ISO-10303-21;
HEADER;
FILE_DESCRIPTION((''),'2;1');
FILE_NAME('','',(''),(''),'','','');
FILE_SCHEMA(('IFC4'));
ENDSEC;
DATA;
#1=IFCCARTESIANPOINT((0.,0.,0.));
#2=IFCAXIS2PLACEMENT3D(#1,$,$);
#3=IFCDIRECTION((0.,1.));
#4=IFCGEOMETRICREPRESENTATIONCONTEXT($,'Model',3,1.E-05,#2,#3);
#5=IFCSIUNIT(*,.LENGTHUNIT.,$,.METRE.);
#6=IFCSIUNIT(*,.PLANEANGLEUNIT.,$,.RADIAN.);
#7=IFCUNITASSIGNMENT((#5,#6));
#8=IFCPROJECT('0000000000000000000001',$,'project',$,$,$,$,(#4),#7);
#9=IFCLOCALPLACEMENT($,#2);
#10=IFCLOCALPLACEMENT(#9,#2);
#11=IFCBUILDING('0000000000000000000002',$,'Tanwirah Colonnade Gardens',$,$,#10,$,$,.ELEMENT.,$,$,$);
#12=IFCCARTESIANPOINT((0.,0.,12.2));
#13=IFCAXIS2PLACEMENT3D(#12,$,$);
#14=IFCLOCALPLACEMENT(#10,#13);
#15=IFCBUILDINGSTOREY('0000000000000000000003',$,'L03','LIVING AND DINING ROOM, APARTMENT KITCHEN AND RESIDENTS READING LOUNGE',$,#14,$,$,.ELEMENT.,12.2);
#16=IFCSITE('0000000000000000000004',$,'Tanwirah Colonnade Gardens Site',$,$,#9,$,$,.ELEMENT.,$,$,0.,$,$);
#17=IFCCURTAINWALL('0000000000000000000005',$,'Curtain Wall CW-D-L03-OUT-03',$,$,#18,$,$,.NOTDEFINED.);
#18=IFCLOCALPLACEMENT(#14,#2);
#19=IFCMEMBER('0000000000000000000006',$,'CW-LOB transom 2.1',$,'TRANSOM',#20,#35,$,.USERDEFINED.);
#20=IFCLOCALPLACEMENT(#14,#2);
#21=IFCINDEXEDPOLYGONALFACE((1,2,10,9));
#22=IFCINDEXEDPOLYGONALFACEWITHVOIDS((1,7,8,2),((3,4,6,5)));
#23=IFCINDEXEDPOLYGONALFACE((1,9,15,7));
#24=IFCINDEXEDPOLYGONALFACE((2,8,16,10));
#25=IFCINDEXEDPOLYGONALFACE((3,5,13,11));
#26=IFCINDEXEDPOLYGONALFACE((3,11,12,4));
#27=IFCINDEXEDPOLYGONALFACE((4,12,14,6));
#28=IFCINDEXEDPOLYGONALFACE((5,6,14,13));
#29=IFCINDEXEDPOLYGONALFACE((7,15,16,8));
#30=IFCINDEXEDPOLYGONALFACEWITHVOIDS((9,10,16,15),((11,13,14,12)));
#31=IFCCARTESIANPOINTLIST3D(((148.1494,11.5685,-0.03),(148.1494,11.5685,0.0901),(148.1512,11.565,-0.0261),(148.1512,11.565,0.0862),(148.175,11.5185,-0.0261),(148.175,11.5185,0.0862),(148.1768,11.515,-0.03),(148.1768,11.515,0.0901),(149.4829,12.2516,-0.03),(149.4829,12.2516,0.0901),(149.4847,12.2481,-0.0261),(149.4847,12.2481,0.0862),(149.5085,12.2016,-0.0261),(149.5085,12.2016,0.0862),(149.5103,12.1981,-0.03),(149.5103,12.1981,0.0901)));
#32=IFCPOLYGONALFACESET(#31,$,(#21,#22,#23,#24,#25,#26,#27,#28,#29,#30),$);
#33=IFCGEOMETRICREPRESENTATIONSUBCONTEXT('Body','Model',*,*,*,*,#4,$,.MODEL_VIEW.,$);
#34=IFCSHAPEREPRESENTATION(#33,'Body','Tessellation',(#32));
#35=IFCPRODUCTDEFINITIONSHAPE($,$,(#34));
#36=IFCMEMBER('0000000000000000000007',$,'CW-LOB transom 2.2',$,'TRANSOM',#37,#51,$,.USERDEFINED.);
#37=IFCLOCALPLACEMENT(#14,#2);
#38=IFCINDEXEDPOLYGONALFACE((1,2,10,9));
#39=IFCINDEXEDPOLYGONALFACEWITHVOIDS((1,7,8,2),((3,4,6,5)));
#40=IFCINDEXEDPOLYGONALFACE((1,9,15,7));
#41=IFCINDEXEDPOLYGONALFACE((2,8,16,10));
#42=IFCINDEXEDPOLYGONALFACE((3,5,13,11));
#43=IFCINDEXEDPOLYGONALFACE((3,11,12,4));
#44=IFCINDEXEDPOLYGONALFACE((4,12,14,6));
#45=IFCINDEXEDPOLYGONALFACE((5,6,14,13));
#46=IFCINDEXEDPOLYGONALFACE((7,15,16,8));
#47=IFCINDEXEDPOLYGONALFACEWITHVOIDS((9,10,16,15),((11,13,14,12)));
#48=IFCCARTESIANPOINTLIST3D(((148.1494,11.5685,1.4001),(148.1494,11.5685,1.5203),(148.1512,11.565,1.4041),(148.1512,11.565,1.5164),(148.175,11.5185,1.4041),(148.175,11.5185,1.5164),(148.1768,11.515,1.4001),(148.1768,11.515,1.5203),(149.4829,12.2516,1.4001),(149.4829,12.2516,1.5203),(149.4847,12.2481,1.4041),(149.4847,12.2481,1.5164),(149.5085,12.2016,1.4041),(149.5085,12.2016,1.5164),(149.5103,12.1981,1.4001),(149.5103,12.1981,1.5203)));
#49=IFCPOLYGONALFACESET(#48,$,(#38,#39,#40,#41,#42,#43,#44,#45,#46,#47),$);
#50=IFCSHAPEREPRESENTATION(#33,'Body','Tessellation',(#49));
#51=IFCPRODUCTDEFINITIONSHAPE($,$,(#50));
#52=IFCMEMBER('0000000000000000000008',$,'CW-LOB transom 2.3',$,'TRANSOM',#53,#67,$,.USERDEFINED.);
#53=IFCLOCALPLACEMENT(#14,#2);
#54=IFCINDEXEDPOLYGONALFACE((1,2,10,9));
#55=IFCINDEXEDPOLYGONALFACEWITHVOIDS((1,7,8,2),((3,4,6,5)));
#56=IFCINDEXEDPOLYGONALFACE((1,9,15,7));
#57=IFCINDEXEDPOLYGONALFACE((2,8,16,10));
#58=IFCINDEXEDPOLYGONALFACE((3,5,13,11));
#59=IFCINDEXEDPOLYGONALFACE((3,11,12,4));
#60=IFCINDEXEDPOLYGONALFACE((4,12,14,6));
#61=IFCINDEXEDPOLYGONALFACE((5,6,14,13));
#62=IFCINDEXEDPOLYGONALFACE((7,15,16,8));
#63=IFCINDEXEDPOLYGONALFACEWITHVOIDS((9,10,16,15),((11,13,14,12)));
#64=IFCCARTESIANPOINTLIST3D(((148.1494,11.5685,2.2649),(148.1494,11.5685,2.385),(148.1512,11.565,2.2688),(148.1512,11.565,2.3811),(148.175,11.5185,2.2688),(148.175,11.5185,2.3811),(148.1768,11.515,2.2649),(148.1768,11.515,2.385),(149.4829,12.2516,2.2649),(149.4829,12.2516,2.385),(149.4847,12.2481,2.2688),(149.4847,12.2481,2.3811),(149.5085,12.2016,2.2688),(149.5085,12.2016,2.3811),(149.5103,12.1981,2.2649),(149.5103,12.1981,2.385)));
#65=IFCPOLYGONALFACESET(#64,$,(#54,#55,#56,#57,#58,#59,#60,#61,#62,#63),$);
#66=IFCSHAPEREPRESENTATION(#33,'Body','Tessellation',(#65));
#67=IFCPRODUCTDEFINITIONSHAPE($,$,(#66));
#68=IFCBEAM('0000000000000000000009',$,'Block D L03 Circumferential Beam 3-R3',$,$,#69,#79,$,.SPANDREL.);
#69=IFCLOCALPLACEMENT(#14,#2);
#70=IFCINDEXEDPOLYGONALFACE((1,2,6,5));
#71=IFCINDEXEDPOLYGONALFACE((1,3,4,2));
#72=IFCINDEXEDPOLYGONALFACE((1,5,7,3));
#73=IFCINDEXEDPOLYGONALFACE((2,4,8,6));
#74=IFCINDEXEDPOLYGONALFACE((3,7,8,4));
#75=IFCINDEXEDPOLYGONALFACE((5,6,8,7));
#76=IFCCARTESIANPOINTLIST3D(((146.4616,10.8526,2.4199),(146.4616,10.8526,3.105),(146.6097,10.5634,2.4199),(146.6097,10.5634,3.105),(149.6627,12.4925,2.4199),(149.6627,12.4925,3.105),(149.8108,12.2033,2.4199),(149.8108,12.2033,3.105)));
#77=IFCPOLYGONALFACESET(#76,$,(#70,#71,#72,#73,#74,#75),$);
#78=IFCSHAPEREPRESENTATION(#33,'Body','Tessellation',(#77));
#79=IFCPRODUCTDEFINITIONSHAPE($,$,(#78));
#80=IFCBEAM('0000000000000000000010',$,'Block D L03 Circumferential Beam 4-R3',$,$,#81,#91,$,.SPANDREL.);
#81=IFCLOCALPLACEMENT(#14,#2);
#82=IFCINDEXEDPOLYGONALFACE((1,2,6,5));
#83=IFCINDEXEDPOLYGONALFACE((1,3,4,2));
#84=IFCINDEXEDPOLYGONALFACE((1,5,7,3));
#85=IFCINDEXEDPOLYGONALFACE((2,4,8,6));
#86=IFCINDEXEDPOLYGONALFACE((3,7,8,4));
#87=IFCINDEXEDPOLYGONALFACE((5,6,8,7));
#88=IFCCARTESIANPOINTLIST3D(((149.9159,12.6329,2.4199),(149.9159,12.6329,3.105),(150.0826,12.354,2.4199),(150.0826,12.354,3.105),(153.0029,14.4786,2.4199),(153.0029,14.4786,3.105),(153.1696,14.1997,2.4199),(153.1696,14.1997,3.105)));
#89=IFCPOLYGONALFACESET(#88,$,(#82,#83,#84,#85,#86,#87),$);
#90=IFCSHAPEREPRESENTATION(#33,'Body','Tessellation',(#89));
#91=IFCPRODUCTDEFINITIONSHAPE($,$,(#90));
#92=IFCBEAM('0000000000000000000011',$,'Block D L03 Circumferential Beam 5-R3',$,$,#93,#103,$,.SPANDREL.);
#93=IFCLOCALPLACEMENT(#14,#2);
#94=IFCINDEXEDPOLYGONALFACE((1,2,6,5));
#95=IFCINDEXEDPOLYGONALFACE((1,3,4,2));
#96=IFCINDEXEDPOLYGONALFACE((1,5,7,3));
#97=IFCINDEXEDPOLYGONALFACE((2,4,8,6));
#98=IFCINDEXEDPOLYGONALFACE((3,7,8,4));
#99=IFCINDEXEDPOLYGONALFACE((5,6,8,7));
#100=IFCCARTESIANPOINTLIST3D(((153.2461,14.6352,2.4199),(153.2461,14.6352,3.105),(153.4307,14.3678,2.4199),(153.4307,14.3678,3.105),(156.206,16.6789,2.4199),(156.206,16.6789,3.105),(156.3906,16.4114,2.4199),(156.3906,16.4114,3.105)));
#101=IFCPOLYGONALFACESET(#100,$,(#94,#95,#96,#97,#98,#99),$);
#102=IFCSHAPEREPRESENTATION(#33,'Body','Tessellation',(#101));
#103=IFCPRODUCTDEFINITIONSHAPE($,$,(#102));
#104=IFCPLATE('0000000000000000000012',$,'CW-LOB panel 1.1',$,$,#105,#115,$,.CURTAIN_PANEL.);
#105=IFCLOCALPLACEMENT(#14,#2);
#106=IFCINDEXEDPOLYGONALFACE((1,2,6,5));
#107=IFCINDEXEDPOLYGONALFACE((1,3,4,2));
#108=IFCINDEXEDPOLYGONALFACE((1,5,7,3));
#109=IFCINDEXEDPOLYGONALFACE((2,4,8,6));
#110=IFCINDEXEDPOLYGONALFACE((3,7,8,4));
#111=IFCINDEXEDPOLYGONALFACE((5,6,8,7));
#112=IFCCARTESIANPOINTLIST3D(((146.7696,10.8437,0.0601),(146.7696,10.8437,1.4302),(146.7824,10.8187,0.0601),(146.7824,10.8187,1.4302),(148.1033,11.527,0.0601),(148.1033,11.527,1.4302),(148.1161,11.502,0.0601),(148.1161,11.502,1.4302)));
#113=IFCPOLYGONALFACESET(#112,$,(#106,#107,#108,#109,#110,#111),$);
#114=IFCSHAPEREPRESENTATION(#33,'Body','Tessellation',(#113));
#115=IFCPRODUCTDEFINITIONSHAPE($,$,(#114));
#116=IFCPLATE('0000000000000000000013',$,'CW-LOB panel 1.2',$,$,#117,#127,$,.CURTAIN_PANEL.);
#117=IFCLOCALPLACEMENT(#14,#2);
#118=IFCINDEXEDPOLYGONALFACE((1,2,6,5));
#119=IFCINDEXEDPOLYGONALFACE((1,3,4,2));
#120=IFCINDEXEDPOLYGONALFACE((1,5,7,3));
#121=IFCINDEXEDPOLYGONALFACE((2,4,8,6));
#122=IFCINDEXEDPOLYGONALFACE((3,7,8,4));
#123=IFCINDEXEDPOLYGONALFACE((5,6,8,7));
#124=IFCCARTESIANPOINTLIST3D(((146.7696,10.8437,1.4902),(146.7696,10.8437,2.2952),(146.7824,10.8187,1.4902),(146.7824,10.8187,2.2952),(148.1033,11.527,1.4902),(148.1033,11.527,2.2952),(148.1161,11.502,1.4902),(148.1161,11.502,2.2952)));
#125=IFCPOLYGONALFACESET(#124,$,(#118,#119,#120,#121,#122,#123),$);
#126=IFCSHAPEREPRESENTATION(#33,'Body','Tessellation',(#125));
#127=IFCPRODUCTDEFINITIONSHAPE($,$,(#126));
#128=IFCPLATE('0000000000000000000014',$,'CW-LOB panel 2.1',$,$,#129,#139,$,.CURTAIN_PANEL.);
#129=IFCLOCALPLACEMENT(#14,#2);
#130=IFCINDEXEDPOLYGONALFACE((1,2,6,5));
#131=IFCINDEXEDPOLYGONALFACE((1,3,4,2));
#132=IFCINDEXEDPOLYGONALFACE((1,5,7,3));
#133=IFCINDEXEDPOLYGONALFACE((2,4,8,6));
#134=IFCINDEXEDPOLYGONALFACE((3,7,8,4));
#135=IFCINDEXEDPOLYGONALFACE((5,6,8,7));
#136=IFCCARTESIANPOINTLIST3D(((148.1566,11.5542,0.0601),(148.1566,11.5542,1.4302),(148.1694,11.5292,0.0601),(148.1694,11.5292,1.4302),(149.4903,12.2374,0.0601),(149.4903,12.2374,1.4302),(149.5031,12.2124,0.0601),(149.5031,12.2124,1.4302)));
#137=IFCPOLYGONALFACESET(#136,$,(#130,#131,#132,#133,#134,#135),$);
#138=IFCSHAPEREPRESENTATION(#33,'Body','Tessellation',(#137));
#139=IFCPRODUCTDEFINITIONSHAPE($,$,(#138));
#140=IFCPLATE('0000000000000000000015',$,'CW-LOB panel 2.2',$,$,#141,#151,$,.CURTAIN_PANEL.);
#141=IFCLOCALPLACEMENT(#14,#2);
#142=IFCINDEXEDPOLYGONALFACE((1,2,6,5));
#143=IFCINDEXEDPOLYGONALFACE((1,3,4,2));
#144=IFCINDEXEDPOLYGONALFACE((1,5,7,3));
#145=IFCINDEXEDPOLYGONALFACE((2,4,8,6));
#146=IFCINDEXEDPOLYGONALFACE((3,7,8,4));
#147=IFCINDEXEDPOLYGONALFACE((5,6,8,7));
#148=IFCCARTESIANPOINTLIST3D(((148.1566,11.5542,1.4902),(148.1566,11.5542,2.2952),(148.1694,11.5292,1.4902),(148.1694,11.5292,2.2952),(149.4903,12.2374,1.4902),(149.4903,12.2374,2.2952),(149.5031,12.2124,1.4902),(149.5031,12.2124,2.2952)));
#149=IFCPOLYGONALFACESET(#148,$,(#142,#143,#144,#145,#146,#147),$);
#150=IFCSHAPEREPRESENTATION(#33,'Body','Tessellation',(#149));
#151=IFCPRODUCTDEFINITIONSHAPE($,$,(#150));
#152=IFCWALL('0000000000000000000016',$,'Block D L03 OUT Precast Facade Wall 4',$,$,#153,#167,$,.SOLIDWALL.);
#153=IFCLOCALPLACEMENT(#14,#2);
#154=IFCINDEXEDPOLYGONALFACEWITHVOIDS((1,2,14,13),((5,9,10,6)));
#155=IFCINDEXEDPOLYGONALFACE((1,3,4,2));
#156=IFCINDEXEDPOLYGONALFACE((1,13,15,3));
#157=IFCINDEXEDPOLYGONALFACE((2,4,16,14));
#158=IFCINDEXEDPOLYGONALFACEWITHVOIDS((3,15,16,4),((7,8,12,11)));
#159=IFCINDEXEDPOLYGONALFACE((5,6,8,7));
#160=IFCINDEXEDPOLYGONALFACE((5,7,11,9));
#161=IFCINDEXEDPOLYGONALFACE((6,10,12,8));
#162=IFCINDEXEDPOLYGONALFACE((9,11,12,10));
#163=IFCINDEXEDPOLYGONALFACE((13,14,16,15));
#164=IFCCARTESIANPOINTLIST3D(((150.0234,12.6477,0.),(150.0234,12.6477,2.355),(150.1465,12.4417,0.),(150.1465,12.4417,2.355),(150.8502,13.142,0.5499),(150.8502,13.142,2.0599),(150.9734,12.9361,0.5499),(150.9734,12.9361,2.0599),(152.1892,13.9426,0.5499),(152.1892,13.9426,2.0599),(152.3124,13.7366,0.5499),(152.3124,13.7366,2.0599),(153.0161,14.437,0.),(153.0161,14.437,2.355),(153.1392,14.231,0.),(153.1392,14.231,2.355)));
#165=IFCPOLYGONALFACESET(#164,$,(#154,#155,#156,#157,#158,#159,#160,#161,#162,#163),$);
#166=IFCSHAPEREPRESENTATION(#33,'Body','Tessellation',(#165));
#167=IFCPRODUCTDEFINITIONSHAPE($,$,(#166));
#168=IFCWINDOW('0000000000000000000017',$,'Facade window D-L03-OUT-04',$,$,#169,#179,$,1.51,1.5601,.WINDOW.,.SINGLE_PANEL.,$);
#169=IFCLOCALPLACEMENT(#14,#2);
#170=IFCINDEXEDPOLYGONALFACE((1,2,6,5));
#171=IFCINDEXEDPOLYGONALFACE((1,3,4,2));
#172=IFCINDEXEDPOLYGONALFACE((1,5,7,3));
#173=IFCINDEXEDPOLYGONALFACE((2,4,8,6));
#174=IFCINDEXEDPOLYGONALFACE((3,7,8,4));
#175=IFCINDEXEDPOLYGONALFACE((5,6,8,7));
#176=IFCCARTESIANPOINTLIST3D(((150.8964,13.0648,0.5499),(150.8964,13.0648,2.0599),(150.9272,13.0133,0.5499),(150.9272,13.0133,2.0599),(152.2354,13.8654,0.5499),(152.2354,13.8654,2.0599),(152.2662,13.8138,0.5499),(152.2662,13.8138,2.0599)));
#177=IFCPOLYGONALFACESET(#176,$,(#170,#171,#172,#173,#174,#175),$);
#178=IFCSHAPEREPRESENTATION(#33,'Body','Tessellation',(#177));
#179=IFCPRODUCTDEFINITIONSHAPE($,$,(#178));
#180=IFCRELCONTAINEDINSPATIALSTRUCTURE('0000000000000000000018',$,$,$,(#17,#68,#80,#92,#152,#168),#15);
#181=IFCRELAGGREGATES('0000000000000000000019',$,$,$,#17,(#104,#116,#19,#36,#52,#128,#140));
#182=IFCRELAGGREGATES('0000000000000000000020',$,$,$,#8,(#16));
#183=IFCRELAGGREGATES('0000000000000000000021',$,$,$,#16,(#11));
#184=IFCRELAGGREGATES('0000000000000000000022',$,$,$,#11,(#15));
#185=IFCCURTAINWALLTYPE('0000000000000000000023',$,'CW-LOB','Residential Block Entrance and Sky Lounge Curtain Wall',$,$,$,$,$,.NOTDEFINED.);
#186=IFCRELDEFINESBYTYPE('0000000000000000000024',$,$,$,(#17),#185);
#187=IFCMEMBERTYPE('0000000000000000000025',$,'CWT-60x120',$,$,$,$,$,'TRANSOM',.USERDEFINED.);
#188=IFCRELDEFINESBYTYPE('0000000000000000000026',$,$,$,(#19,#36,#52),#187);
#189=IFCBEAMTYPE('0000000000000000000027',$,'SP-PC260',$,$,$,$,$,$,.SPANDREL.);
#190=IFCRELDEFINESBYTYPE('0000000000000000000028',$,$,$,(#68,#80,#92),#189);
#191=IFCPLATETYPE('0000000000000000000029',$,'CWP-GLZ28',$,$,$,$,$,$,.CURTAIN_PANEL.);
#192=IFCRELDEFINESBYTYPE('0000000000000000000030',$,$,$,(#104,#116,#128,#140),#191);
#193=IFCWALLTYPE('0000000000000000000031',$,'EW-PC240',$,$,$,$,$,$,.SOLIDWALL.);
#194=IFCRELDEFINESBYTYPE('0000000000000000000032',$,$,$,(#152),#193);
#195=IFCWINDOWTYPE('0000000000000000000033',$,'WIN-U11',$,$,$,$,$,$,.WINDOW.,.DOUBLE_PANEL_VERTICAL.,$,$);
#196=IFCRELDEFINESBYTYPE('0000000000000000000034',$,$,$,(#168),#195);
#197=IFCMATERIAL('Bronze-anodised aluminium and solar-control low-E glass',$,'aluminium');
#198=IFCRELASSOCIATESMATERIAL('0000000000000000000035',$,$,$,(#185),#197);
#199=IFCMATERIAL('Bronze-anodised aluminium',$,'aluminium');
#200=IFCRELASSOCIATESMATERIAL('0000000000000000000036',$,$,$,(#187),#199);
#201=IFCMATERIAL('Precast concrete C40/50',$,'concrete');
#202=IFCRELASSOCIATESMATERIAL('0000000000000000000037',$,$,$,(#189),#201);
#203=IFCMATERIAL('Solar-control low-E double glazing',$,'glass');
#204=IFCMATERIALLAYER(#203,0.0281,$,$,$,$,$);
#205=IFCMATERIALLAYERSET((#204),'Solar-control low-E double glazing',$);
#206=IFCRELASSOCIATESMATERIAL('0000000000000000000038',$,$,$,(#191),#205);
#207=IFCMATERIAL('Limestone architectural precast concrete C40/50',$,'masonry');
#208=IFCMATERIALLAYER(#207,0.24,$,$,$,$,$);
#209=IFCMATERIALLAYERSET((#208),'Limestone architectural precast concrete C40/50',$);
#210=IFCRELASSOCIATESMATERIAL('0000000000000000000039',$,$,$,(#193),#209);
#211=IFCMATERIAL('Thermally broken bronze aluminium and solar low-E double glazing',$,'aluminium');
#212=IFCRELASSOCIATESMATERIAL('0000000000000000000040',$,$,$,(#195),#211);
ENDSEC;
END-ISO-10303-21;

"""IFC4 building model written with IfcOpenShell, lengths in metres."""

from ifc_helpers import new_model, si_unit, direction, frame, frame_2d, origin, origin_2d, place, context, subcontext, project, spatial, rectangle, hollow_rectangle, extrude, material, layer, layer_set, material_profile, profile_set, type_object, element, fill, aggregate, save


model = new_model("IFC4")

# Units and contexts
model_context = context("Model", 3, precision=1e-05, world=origin(), true_north=direction((0.0, 1.0)))
body_context = subcontext(model_context, "Body", "Model", "MODEL_VIEW")
ifc_project = project(units=[si_unit("LENGTHUNIT", "METRE"), si_unit("PLANEANGLEUNIT", "RADIAN")], contexts=[model_context])

# Site, building, storey
site_placement = place(None, origin())
site = spatial("IfcSite", under=ifc_project, at=site_placement, Name="Tanwirah Colonnade Gardens Site", CompositionType="ELEMENT", RefElevation=0.0)
building_placement = place(site_placement, origin())
building = spatial("IfcBuilding", under=site, at=building_placement, Name="Tanwirah Colonnade Gardens", CompositionType="ELEMENT")
storey_placement = place(building_placement, frame((0.0, 0.0, 12.2)))
storey = spatial("IfcBuildingStorey", under=building, at=storey_placement, Name="L03", Description="LIVING AND DINING ROOM, APARTMENT KITCHEN AND RESIDENTS READING LOUNGE", CompositionType="ELEMENT", Elevation=12.2)

# Shared definitions
ifc_material_1 = material(Name="Precast concrete C40/50", Category="concrete")

# Curtain wall, members
ifc_material_2 = material(Name="Bronze-anodised aluminium and solar-control low-E glass", Category="aluminium")
curtain_wall_type = type_object("IfcCurtainWallType", Name="CW-LOB", Description="Residential Block Entrance and Sky Lounge Curtain Wall", PredefinedType="NOTDEFINED", material=ifc_material_2)
curtain_wall_placement = place(storey_placement, origin())
curtain_wall = element("IfcCurtainWall", 1, at=curtain_wall_placement, inside=storey, type_object=curtain_wall_type, Name="Curtain Wall CW-D-L03-OUT-03", PredefinedType="NOTDEFINED")
ifc_material_3 = material(Name="Bronze-anodised aluminium", Category="aluminium")
ifc_material_profile_1 = material_profile(ifc_material_3, hollow_rectangle(XDim=0.0601, YDim=0.1201, WallThickness=0.0039, at=origin_2d()), Name="CW-TRN 60x120x4")
ifc_profile_set_1 = profile_set([ifc_material_profile_1], Name="Bronze-anodised aluminium")
member_type_1 = type_object("IfcMemberType", Name="CWT-60x120", ElementType="TRANSOM", PredefinedType="USERDEFINED", material=ifc_profile_set_1)
member_1_placement = place(storey_placement, frame((148.1631, 11.5417, 0.03), z_axis=(0.890018, 0.455926, 0.0), x_axis=(-0.455926, 0.890018, 0.0)))
member_1 = element("IfcMember", 2, at=member_1_placement, type_object=member_type_1, Name="CW-LOB transom 2.1", ObjectType="TRANSOM", PredefinedType="USERDEFINED", context=body_context, shape_type="SweptSolid", body=[
    extrude(hollow_rectangle(XDim=0.0601, YDim=0.1201, WallThickness=0.0039, at=origin_2d()), origin(), (0.0, 0.0, 1.0), 1.4983),
])
member_2_placement = place(storey_placement, frame((148.1631, 11.5417, 1.4602), z_axis=(0.890018, 0.455926, 0.0), x_axis=(-0.455926, 0.890018, 0.0)))
member_2 = element("IfcMember", 3, at=member_2_placement, type_object=member_type_1, Name="CW-LOB transom 2.2", ObjectType="TRANSOM", PredefinedType="USERDEFINED", context=body_context, shape_type="SweptSolid", body=[
    extrude(hollow_rectangle(XDim=0.0601, YDim=0.1201, WallThickness=0.0039, at=origin_2d()), origin(), (0.0, 0.0, 1.0), 1.4983),
])
member_3_placement = place(storey_placement, frame((148.1631, 11.5417, 2.325), z_axis=(0.890018, 0.455926, 0.0), x_axis=(-0.455926, 0.890018, 0.0)))
member_3 = element("IfcMember", 4, at=member_3_placement, type_object=member_type_1, Name="CW-LOB transom 2.3", ObjectType="TRANSOM", PredefinedType="USERDEFINED", context=body_context, shape_type="SweptSolid", body=[
    extrude(hollow_rectangle(XDim=0.0601, YDim=0.1201, WallThickness=0.0039, at=origin_2d()), origin(), (0.0, 0.0, 1.0), 1.4983),
])

# Beams
ifc_material_profile_2 = material_profile(ifc_material_1, rectangle(XDim=0.325, YDim=0.6851, at=origin_2d()), Name="PC-SP 325x685")
ifc_profile_set_2 = profile_set([ifc_material_profile_2], Name="Precast concrete C40/50")
beam_type_1 = type_object("IfcBeamType", Name="SP-PC260", PredefinedType="SPANDREL", material=ifc_profile_set_2)
for number, where, z_axis, x_axis, name in (
    (5, (146.5356, 10.708, 2.7625), (0.890013, 0.455935, 0.0), (-0.455935, 0.890013, 0.0), "Block D L03 Circumferential Beam 3-R3"),
    (6, (149.9993, 12.4934, 2.7625), (0.858283, 0.513177, 0.0), (-0.513177, 0.858283, 0.0), "Block D L03 Circumferential Beam 4-R3"),
):
    element("IfcBeam", number, at=place(storey_placement, frame(where, z_axis=z_axis, x_axis=x_axis)), inside=storey, type_object=beam_type_1, Name=name, PredefinedType="SPANDREL", context=body_context, shape_type="SweptSolid", body=[
        extrude(rectangle(XDim=0.325, YDim=0.6851, at=origin_2d()), origin(), (0.0, 0.0, 1.0), 3.5967),
    ])
beam_1_placement = place(storey_placement, frame((153.3384, 14.5015, 2.7625), z_axis=(0.822907, 0.568175, 0.0), x_axis=(-0.568175, 0.822907, 0.0)))
element("IfcBeam", 7, at=beam_1_placement, inside=storey, type_object=beam_type_1, Name="Block D L03 Circumferential Beam 5-R3", PredefinedType="SPANDREL", context=body_context, shape_type="SweptSolid", body=[
    extrude(rectangle(XDim=0.325, YDim=0.6851, at=origin_2d()), origin(), (0.0, 0.0, 1.0), 3.5969),
])

# Plates
ifc_material_4 = material(Name="Solar-control low-E double glazing", Category="glass")
ifc_layer_1 = layer(ifc_material_4, 0.0281)
ifc_layer_set_1 = layer_set([ifc_layer_1], Name="Solar-control low-E double glazing")
plate_type = type_object("IfcPlateType", Name="CWP-GLZ28", PredefinedType="CURTAIN_PANEL", material=ifc_layer_set_1)
plate_1_placement = place(storey_placement, frame((147.4429, 11.1729, 0.0601), z_axis=(0.0, 0.0, 1.0), x_axis=(0.890014, 0.455933, 0.0)))
plate_1 = element("IfcPlate", 8, at=plate_1_placement, type_object=plate_type, Name="CW-LOB panel 1.1", PredefinedType="CURTAIN_PANEL", context=body_context, shape_type="SweptSolid", body=[
    extrude(rectangle(XDim=1.4985, YDim=0.0281, at=origin_2d()), origin(), (0.0, 0.0, 1.0), 1.3701),
])
plate_2_placement = place(storey_placement, frame((147.4429, 11.1729, 1.4902), z_axis=(0.0, 0.0, 1.0), x_axis=(0.890014, 0.455933, 0.0)))
plate_2 = element("IfcPlate", 9, at=plate_2_placement, type_object=plate_type, Name="CW-LOB panel 1.2", PredefinedType="CURTAIN_PANEL", context=body_context, shape_type="SweptSolid", body=[
    extrude(rectangle(XDim=1.4985, YDim=0.0281, at=origin_2d()), origin(), (0.0, 0.0, 1.0), 0.8049),
])
plate_3_placement = place(storey_placement, frame((148.8298, 11.8833, 0.0601), z_axis=(0.0, 0.0, 1.0), x_axis=(0.890014, 0.455933, 0.0)))
plate_3 = element("IfcPlate", 10, at=plate_3_placement, type_object=plate_type, Name="CW-LOB panel 2.1", PredefinedType="CURTAIN_PANEL", context=body_context, shape_type="SweptSolid", body=[
    extrude(rectangle(XDim=1.4985, YDim=0.0281, at=origin_2d()), origin(), (0.0, 0.0, 1.0), 1.3701),
])
plate_4_placement = place(storey_placement, frame((148.8298, 11.8833, 1.4902), z_axis=(0.0, 0.0, 1.0), x_axis=(0.890014, 0.455933, 0.0)))
plate_4 = element("IfcPlate", 11, at=plate_4_placement, type_object=plate_type, Name="CW-LOB panel 2.2", PredefinedType="CURTAIN_PANEL", context=body_context, shape_type="SweptSolid", body=[
    extrude(rectangle(XDim=1.4985, YDim=0.0281, at=origin_2d()), origin(), (0.0, 0.0, 1.0), 0.8049),
])
aggregate(curtain_wall, [plate_1, plate_2, member_1, member_2, member_3, plate_3, plate_4])

# Wall, opening, window
ifc_material_5 = material(Name="Limestone architectural precast concrete C40/50", Category="masonry")
ifc_layer_2 = layer(ifc_material_5, 0.24)
ifc_layer_set_2 = layer_set([ifc_layer_2], Name="Limestone architectural precast concrete C40/50")
wall_type = type_object("IfcWallType", Name="EW-PC240", PredefinedType="SOLIDWALL", material=ifc_layer_set_2)
wall_1_placement = place(storey_placement, frame((150.085, 12.5447, 0.0), z_axis=(0.0, 0.0, 1.0), x_axis=(0.858289, 0.513167, 0.0)))
wall_1 = element("IfcWall", 12, at=wall_1_placement, inside=storey, type_object=wall_type, Name="Block D L03 OUT Precast Facade Wall 4", PredefinedType="SOLIDWALL", context=body_context, shape_type="SweptSolid", body=[
    extrude(rectangle(XDim=3.4868, YDim=0.24, at=frame_2d((1.7434, 0.0))), origin(), (0.0, 0.0, 1.0), 2.355),
])
opening_1_placement = place(wall_1_placement, frame((0.9634, 0.0, 0.55)))
opening_1 = element("IfcOpeningElement", 13, at=opening_1_placement, cuts=wall_1, PredefinedType="OPENING", context=body_context, shape_type="SweptSolid", body=[
    extrude(rectangle(XDim=1.5601, YDim=1.51, at=frame_2d((0.78, 0.7549))), frame((0.0, 0.1299, 0.0), z_axis=(0.0, -1.0, 0.0), x_axis=(1.0, 0.0, 0.0)), (0.0, 0.0, 1.0), 0.26),
])
ifc_material_6 = material(Name="Thermally broken bronze aluminium and solar low-E double glazing", Category="aluminium")
window_type_1 = type_object("IfcWindowType", Name="WIN-U11", PartitioningType="DOUBLE_PANEL_VERTICAL", PredefinedType="WINDOW", material=ifc_material_6)
window_1_placement = place(opening_1_placement, origin())
window_1 = element("IfcWindow", 14, at=window_1_placement, inside=storey, type_object=window_type_1, Name="Facade window D-L03-OUT-04", OverallHeight=1.51, OverallWidth=1.5601, PartitioningType="SINGLE_PANEL", PredefinedType="WINDOW", context=body_context, shape_type="SweptSolid", body=[
    extrude(rectangle(XDim=1.5601, YDim=1.51, at=frame_2d((0.78, 0.7549))), frame((0.0, 0.03, 0.0), z_axis=(0.0, -1.0, 0.0), x_axis=(1.0, 0.0, 0.0)), (0.0, 0.0, 1.0), 0.0601),
])
fill(opening_1, window_1)

save(model, "model.ifc")
